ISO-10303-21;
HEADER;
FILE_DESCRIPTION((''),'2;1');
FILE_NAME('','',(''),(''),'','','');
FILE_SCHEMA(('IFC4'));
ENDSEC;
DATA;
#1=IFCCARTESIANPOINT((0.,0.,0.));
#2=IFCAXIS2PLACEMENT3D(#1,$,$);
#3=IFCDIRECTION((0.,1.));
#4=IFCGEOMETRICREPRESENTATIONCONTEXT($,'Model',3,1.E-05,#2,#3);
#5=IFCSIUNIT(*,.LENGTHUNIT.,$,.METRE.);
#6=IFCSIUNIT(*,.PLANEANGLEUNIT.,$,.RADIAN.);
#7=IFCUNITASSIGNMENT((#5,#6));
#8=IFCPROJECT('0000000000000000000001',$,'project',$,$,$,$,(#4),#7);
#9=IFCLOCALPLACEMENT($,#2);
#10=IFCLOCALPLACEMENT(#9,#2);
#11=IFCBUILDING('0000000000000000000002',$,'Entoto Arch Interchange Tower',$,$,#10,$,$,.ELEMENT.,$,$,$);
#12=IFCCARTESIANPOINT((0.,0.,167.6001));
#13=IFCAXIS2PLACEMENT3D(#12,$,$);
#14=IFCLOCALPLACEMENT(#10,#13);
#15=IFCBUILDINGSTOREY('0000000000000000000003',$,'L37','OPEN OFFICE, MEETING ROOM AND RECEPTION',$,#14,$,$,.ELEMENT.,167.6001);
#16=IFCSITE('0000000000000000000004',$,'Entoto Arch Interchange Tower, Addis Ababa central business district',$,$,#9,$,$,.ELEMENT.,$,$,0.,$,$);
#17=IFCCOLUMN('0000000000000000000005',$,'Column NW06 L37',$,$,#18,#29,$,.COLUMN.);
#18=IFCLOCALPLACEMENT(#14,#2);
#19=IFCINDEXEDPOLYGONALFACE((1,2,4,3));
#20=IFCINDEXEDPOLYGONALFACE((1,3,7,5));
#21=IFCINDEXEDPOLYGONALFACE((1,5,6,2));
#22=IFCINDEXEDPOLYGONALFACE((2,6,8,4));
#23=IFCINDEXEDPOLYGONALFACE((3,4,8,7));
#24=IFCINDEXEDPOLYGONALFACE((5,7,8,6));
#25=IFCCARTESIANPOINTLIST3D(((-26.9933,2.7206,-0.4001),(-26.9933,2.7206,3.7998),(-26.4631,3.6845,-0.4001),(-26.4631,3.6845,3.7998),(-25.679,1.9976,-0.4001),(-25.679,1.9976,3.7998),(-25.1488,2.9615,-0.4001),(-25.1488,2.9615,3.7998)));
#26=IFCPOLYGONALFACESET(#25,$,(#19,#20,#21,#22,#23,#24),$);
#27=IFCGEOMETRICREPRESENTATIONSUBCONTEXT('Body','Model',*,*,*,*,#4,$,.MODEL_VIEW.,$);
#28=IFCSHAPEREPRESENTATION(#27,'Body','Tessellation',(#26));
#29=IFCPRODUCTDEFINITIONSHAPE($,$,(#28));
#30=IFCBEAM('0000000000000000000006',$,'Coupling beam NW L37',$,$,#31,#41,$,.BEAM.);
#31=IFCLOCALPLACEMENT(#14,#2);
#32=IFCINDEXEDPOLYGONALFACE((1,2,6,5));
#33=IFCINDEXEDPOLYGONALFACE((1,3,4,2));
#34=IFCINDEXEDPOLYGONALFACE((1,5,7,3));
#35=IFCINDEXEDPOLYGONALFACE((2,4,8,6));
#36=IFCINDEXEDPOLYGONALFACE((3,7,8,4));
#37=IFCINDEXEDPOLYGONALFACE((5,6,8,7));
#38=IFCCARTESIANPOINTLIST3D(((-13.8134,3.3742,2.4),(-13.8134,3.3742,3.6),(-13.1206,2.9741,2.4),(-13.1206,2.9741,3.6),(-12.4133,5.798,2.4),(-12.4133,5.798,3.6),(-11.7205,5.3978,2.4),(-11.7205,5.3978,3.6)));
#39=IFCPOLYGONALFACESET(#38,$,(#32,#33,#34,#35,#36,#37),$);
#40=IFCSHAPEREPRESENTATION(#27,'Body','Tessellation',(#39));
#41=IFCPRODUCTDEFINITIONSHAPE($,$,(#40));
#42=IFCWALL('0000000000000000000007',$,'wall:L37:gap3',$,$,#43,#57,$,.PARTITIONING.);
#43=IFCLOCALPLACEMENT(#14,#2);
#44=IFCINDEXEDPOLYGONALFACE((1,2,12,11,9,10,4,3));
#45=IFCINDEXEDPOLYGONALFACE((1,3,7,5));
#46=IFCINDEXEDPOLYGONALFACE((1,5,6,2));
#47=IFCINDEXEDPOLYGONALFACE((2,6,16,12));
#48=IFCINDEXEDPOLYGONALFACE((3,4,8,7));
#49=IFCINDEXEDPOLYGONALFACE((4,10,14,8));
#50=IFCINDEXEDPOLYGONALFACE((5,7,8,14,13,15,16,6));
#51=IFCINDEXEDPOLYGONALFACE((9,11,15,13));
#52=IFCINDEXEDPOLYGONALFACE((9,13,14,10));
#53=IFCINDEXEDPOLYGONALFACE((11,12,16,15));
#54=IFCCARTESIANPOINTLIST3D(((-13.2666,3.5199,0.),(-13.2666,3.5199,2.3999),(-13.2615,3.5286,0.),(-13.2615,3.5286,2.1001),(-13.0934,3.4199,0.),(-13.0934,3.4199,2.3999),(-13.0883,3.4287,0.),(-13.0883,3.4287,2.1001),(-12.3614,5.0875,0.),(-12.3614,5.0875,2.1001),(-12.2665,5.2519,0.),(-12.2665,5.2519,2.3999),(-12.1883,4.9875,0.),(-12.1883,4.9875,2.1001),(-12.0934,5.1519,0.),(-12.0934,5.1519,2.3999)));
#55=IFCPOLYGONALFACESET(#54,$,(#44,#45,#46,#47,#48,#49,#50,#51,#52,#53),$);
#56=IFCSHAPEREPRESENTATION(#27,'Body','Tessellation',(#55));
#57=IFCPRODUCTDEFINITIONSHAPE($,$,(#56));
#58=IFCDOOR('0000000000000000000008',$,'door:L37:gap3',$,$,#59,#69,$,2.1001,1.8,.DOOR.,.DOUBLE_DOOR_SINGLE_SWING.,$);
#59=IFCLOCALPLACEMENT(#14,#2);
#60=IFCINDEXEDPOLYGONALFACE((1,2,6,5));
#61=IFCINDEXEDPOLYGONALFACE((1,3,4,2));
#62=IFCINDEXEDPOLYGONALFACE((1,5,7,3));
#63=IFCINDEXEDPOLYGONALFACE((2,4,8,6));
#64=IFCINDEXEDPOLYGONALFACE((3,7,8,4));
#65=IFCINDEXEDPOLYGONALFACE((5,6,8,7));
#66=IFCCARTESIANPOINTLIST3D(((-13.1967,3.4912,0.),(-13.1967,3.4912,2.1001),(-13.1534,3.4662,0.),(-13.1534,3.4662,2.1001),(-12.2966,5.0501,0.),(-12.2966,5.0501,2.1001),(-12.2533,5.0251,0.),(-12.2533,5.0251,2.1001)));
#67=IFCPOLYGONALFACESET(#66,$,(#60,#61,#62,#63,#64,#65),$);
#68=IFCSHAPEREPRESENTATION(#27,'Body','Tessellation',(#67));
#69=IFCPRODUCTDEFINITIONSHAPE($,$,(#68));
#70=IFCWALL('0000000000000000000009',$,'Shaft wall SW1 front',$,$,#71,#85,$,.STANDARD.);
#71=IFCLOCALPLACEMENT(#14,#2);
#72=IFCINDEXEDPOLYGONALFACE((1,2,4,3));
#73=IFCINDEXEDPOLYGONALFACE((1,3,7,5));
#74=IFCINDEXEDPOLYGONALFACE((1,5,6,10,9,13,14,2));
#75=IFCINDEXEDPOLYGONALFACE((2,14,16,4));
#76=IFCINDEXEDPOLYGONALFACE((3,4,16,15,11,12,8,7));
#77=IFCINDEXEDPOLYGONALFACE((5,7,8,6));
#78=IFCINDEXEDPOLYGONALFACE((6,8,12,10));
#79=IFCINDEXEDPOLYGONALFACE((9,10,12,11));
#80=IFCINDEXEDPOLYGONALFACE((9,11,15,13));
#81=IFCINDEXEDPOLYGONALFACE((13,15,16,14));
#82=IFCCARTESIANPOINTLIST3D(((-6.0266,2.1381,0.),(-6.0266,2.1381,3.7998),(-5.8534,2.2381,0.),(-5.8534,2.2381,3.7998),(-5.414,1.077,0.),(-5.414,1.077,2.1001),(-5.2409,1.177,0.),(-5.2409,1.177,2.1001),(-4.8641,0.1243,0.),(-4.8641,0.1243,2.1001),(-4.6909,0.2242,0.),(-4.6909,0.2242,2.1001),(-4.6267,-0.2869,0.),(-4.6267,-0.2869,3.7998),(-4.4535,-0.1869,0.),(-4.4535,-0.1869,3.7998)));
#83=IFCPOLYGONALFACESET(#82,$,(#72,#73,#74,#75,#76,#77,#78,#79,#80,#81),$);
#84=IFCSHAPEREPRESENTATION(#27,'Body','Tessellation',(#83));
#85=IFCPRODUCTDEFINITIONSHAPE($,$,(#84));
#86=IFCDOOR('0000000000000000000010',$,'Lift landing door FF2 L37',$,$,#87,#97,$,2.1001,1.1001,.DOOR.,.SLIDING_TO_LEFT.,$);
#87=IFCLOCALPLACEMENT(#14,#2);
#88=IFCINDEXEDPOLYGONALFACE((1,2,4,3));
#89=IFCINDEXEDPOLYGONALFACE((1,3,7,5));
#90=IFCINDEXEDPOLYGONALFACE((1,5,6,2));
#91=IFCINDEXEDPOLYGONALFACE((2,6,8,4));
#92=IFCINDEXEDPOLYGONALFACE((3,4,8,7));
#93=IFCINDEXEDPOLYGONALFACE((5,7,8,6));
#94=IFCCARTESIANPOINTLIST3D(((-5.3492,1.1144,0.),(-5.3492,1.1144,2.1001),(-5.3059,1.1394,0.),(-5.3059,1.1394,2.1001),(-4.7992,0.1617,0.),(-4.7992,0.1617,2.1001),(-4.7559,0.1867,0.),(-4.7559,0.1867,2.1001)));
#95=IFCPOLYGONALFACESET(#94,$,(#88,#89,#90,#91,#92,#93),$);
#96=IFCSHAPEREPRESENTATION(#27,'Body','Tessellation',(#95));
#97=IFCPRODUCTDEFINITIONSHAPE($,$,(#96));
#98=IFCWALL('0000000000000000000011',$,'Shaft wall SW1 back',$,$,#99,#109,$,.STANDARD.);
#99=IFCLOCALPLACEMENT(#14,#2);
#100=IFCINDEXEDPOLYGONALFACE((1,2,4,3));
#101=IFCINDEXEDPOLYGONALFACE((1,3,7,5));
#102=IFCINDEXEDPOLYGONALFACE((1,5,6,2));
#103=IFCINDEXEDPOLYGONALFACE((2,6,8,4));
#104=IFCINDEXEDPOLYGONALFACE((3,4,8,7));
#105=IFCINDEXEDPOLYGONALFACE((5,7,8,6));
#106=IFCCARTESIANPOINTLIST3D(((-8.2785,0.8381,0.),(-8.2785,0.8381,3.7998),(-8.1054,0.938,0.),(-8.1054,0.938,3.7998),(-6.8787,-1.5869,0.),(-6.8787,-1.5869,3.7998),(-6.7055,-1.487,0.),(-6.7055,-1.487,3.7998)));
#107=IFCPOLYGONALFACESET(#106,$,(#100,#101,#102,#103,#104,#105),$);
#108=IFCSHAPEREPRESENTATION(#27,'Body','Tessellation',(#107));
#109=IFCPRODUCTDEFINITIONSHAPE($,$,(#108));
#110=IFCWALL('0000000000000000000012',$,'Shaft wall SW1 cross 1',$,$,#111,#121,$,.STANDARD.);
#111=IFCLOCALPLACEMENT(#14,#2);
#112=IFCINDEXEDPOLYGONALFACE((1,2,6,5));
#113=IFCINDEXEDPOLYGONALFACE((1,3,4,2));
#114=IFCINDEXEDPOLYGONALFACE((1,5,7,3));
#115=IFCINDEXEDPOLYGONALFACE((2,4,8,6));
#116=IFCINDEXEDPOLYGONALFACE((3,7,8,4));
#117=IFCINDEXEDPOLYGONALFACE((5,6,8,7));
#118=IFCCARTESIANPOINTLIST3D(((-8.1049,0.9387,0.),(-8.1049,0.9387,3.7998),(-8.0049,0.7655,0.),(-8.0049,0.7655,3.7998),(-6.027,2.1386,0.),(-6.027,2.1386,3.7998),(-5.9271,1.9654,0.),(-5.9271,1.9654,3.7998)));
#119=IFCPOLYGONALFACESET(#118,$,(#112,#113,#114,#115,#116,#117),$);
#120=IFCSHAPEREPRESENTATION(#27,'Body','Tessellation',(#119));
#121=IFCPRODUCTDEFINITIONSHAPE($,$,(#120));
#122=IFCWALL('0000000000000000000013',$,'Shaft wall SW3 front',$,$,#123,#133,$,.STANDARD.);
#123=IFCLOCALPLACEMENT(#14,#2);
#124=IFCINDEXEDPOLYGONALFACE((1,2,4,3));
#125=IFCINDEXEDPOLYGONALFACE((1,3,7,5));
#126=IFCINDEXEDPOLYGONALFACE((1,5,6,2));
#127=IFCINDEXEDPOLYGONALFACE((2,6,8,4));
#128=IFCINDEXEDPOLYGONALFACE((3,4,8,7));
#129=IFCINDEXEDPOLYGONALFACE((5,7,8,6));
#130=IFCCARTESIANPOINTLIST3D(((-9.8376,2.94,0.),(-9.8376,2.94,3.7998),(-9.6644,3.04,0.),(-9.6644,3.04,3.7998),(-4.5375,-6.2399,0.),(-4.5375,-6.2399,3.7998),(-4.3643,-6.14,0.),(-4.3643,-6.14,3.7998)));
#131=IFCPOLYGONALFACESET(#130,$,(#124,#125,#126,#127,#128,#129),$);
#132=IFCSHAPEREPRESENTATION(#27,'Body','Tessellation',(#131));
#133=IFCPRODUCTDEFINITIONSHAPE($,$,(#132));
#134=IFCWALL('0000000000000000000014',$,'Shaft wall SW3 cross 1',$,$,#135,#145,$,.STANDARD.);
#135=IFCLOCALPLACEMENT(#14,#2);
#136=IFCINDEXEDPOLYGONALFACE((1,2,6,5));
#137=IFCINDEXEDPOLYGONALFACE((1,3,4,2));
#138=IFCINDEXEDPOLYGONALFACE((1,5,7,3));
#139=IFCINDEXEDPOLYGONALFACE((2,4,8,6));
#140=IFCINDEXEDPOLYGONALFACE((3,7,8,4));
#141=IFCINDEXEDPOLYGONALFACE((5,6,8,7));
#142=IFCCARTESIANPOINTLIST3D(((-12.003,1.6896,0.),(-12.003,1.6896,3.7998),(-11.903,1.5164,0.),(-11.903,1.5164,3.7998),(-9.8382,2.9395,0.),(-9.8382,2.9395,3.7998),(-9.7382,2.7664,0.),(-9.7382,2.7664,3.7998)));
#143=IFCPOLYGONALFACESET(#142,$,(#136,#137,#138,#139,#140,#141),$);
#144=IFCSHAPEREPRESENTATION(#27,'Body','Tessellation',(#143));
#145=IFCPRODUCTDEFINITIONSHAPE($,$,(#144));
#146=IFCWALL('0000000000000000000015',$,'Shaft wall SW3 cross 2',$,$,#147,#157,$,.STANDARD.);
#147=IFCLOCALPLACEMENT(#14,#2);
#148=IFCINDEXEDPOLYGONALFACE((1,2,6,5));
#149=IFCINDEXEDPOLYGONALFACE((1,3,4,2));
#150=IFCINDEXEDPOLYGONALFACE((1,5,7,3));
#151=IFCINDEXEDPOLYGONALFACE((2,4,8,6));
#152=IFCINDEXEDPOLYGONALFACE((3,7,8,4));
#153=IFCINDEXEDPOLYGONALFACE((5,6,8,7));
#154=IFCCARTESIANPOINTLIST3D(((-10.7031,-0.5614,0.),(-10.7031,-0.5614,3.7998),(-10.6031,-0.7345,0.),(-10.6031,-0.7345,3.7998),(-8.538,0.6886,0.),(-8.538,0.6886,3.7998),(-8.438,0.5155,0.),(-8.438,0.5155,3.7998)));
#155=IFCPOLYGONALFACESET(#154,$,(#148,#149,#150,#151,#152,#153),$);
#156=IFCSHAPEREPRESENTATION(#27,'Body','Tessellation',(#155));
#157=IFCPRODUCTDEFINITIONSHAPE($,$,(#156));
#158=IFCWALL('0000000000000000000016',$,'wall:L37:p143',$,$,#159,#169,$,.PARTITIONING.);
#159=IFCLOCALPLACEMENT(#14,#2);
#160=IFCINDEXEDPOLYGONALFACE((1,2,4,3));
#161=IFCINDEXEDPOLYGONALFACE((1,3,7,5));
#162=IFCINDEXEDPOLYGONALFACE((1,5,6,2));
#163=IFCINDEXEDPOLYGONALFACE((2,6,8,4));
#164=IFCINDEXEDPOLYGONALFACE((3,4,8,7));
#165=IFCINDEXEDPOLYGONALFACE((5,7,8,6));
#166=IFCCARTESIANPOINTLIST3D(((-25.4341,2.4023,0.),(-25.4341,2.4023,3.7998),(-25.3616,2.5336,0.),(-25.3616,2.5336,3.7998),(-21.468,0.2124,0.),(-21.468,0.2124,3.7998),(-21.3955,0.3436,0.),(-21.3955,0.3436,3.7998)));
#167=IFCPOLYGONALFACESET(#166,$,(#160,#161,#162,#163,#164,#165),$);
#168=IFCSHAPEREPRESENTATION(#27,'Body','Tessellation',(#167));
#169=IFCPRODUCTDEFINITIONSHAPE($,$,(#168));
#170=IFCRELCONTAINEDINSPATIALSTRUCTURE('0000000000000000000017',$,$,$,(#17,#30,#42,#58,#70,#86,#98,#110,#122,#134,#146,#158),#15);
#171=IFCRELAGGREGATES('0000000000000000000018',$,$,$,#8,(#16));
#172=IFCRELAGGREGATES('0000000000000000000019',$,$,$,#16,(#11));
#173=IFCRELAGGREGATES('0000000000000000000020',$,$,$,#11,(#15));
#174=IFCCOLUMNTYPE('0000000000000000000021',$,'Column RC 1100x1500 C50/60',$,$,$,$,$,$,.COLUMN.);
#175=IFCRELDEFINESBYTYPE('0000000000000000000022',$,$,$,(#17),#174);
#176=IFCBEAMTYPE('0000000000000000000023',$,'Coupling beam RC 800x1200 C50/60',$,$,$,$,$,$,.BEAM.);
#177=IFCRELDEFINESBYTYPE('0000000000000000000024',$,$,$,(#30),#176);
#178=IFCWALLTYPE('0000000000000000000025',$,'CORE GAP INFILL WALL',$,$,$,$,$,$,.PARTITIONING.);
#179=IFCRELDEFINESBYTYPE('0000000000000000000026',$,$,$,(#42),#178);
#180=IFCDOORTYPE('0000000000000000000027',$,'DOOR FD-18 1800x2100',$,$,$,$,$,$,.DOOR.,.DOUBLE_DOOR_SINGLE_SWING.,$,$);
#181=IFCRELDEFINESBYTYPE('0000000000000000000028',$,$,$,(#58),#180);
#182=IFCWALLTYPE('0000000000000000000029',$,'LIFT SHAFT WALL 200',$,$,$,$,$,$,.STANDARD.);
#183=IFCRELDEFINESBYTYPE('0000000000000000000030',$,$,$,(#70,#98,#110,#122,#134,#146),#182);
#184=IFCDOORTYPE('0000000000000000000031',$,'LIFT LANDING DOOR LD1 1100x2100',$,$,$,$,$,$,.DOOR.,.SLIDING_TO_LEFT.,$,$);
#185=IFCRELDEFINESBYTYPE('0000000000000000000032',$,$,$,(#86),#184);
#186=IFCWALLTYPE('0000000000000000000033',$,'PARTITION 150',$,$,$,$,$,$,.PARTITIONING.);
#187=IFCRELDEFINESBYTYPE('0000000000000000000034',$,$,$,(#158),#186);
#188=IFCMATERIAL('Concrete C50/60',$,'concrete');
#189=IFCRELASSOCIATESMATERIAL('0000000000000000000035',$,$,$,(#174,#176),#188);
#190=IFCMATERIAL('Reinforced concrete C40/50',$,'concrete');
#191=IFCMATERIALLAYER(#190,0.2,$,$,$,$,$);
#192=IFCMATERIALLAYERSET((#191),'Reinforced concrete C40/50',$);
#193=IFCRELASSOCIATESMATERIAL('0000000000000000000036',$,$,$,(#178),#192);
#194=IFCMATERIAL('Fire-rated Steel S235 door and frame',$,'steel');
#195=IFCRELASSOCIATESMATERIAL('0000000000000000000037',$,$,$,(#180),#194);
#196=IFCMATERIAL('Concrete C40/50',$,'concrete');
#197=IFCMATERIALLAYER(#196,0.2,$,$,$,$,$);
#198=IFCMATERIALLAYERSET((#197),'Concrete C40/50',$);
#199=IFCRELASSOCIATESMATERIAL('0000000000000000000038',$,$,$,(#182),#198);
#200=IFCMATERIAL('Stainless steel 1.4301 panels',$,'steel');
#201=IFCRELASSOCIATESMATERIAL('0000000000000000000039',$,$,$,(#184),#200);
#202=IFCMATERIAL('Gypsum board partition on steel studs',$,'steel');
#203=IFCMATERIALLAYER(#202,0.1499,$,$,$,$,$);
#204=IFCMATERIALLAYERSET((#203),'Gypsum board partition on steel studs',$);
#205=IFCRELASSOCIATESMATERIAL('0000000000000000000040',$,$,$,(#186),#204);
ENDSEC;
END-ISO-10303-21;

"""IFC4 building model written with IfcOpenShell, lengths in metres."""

from ifc_helpers import new_model, si_unit, direction, frame, frame_2d, origin, origin_2d, place, context, subcontext, project, spatial, rectangle, extrude, material, layer, layer_set, material_profile, profile_set, type_object, element, fill, save


model = new_model("IFC4")

# Units and contexts
model_context = context("Model", 3, precision=1e-05, world=origin(), true_north=direction((0.0, 1.0)))
body_context = subcontext(model_context, "Body", "Model", "MODEL_VIEW")
ifc_project = project(units=[si_unit("LENGTHUNIT", "METRE"), si_unit("PLANEANGLEUNIT", "RADIAN")], contexts=[model_context])

# Site, building, storey
site_placement = place(None, origin())
site = spatial("IfcSite", under=ifc_project, at=site_placement, Name="Entoto Arch Interchange Tower, Addis Ababa central business district", CompositionType="ELEMENT", RefElevation=0.0)
building_placement = place(site_placement, origin())
building = spatial("IfcBuilding", under=site, at=building_placement, Name="Entoto Arch Interchange Tower", CompositionType="ELEMENT")
storey_placement = place(building_placement, frame((0.0, 0.0, 167.6001)))
storey = spatial("IfcBuildingStorey", under=building, at=storey_placement, Name="L37", Description="OPEN OFFICE, MEETING ROOM AND RECEPTION", CompositionType="ELEMENT", Elevation=167.6001)

# Column
ifc_material_1 = material(Name="Concrete C50/60", Category="concrete")
ifc_material_profile_1 = material_profile(ifc_material_1, rectangle(XDim=1.1001, YDim=1.5, at=origin_2d()))
ifc_profile_set_1 = profile_set([ifc_material_profile_1], Name="Concrete C50/60")
column_type = type_object("IfcColumnType", Name="Column RC 1100x1500 C50/60", PredefinedType="COLUMN", material=ifc_profile_set_1)
column_placement = place(storey_placement, frame((-26.071, 2.8411, -0.4001), z_axis=(0.0, 0.0, 1.0), x_axis=(0.481983, 0.876181, 0.0)))
element("IfcColumn", 1, at=column_placement, inside=storey, type_object=column_type, Name="Column NW06 L37", PredefinedType="COLUMN", context=body_context, shape_type="SweptSolid", body=[
    extrude(rectangle(XDim=1.1001, YDim=1.5, at=origin_2d()), origin(), (0.0, 0.0, 1.0), 4.2),
])

# Beam
ifc_material_profile_2 = material_profile(ifc_material_1, rectangle(XDim=0.8, YDim=1.2, at=origin_2d()))
ifc_profile_set_2 = profile_set([ifc_material_profile_2], Name="Concrete C50/60")
beam_type = type_object("IfcBeamType", Name="Coupling beam RC 800x1200 C50/60", PredefinedType="BEAM", material=ifc_profile_set_2)
beam_placement = place(storey_placement, frame((-12.0669, 5.5979, 3.0), z_axis=(-0.500201, -0.86591, 0.0), x_axis=(0.86591, -0.500201, 0.0)))
element("IfcBeam", 2, at=beam_placement, inside=storey, type_object=beam_type, Name="Coupling beam NW L37", PredefinedType="BEAM", context=body_context, shape_type="SweptSolid", body=[
    extrude(rectangle(XDim=0.8, YDim=1.2, at=origin_2d()), origin(), (0.0, 0.0, 1.0), 2.7991),
])

# Walls, openings, doors
ifc_material_2 = material(Name="Reinforced concrete C40/50", Category="concrete")
ifc_layer_1 = layer(ifc_material_2, 0.2)
ifc_layer_set_1 = layer_set([ifc_layer_1], Name="Reinforced concrete C40/50")
wall_type_1 = type_object("IfcWallType", Name="CORE GAP INFILL WALL", PredefinedType="PARTITIONING", material=ifc_layer_set_1)
wall_1_placement = place(storey_placement, frame((-12.1799, 5.2019, 0.0), z_axis=(0.0, 0.0, 1.0), x_axis=(-0.500025, -0.866011, 0.0)))
wall_1 = element("IfcWall", 3, at=wall_1_placement, inside=storey, type_object=wall_type_1, Name="wall:L37:gap3", PredefinedType="PARTITIONING", context=body_context, shape_type="SweptSolid", body=[
    extrude(rectangle(XDim=2.0, YDim=0.2, at=frame_2d((1.0, 0.0))), origin(), (0.0, 0.0, 1.0), 2.3999),
])
opening_1_placement = place(wall_1_placement, frame((0.1899, 0.0, 0.0)))
opening_1 = element("IfcOpeningElement", 4, at=opening_1_placement, cuts=wall_1, PredefinedType="OPENING", context=body_context, shape_type="SweptSolid", body=[
    extrude(rectangle(XDim=1.8, YDim=2.1001, at=frame_2d((0.8999, 1.05))), frame((0.0, 0.1099, 0.0), z_axis=(0.0, -1.0, 0.0), x_axis=(1.0, 0.0, 0.0)), (0.0, 0.0, 1.0), 0.22),
])
ifc_material_3 = material(Name="Fire-rated Steel S235 door and frame", Category="steel")
door_type_1 = type_object("IfcDoorType", Name="DOOR FD-18 1800x2100", OperationType="DOUBLE_DOOR_SINGLE_SWING", PredefinedType="DOOR", material=ifc_material_3)
door_1_placement = place(opening_1_placement, origin())
door_1 = element("IfcDoor", 5, at=door_1_placement, inside=storey, type_object=door_type_1, Name="door:L37:gap3", OperationType="DOUBLE_DOOR_SINGLE_SWING", OverallHeight=2.1001, OverallWidth=1.8, PredefinedType="DOOR", context=body_context, shape_type="SweptSolid", body=[
    extrude(rectangle(XDim=1.8, YDim=2.1001, at=frame_2d((0.8999, 1.05))), frame((0.0, 0.0249, 0.0), z_axis=(0.0, -1.0, 0.0), x_axis=(1.0, 0.0, 0.0)), (0.0, 0.0, 1.0), 0.05),
])
fill(opening_1, door_1)
ifc_material_4 = material(Name="Concrete C40/50", Category="concrete")
ifc_layer_2 = layer(ifc_material_4, 0.2)
ifc_layer_set_2 = layer_set([ifc_layer_2], Name="Concrete C40/50")
wall_type_2 = type_object("IfcWallType", Name="LIFT SHAFT WALL 200", PredefinedType="STANDARD", material=ifc_layer_set_2)
wall_2_placement = place(storey_placement, frame((-5.9399, 2.188, 0.0), z_axis=(0.0, 0.0, 1.0), x_axis=(0.499946, -0.866056, 0.0)))
wall_2 = element("IfcWall", 6, at=wall_2_placement, inside=storey, type_object=wall_type_2, Name="Shaft wall SW1 front", PredefinedType="STANDARD", context=body_context, shape_type="SweptSolid", body=[
    extrude(rectangle(XDim=2.8, YDim=0.2, at=frame_2d((1.3999, 0.0))), origin(), (0.0, 0.0, 1.0), 3.7998),
])
opening_2_placement = place(wall_2_placement, frame((1.2251, 0.0, 0.0)))
opening_2 = element("IfcOpeningElement", 7, at=opening_2_placement, cuts=wall_2, PredefinedType="OPENING", context=body_context, shape_type="SweptSolid", body=[
    extrude(rectangle(XDim=1.1001, YDim=2.1001, at=frame_2d((0.55, 1.05))), frame((0.0, 0.1099, 0.0), z_axis=(0.0, -1.0, 0.0), x_axis=(1.0, 0.0, 0.0)), (0.0, 0.0, 1.0), 0.22),
])
ifc_material_5 = material(Name="Stainless steel 1.4301 panels", Category="steel")
door_type_2 = type_object("IfcDoorType", Name="LIFT LANDING DOOR LD1 1100x2100", OperationType="SLIDING_TO_LEFT", PredefinedType="DOOR", material=ifc_material_5)
door_2_placement = place(opening_2_placement, origin())
door_2 = element("IfcDoor", 8, at=door_2_placement, inside=storey, type_object=door_type_2, Name="Lift landing door FF2 L37", OperationType="SLIDING_TO_LEFT", OverallHeight=2.1001, OverallWidth=1.1001, PredefinedType="DOOR", context=body_context, shape_type="SweptSolid", body=[
    extrude(rectangle(XDim=1.1001, YDim=2.1001, at=frame_2d((0.55, 1.05))), frame((0.0, 0.0249, 0.0), z_axis=(0.0, -1.0, 0.0), x_axis=(1.0, 0.0, 0.0)), (0.0, 0.0, 1.0), 0.05),
])
fill(opening_2, door_2)

# Walls
wall_3_placement = place(storey_placement, frame((-8.1919, 0.8879, 0.0), z_axis=(0.0, 0.0, 1.0), x_axis=(0.499946, -0.866056, 0.0)))
element("IfcWall", 9, at=wall_3_placement, inside=storey, type_object=wall_type_2, Name="Shaft wall SW1 back", PredefinedType="STANDARD", context=body_context, shape_type="SweptSolid", body=[
    extrude(rectangle(XDim=2.8, YDim=0.2, at=frame_2d((1.3999, 0.0))), origin(), (0.0, 0.0, 1.0), 3.7998),
])
wall_4_placement = place(storey_placement, frame((-5.9771, 2.052, 0.0), z_axis=(0.0, 0.0, 1.0), x_axis=(-0.865974, -0.500089, 0.0)))
element("IfcWall", 10, at=wall_4_placement, inside=storey, type_object=wall_type_2, Name="Shaft wall SW1 cross 1", PredefinedType="STANDARD", context=body_context, shape_type="SweptSolid", body=[
    extrude(rectangle(XDim=2.3994, YDim=0.2, at=frame_2d((1.1997, 0.0))), origin(), (0.0, 0.0, 1.0), 3.7998),
])
wall_5_placement = place(storey_placement, frame((-9.751, 2.99, 0.0), z_axis=(0.0, 0.0, 1.0), x_axis=(0.500001, -0.866025, 0.0)))
element("IfcWall", 11, at=wall_5_placement, inside=storey, type_object=wall_type_2, Name="Shaft wall SW3 front", PredefinedType="STANDARD", context=body_context, shape_type="SweptSolid", body=[
    extrude(rectangle(XDim=10.6001, YDim=0.2, at=frame_2d((5.3, 0.0))), origin(), (0.0, 0.0, 1.0), 3.7998),
])
wall_6_placement = place(storey_placement, frame((-9.7881, 2.853, 0.0), z_axis=(0.0, 0.0, 1.0), x_axis=(-0.865999, -0.500047, 0.0)))
element("IfcWall", 12, at=wall_6_placement, inside=storey, type_object=wall_type_2, Name="Shaft wall SW3 cross 1", PredefinedType="STANDARD", context=body_context, shape_type="SweptSolid", body=[
    extrude(rectangle(XDim=2.4998, YDim=0.2, at=frame_2d((1.25, 0.0))), origin(), (0.0, 0.0, 1.0), 3.7998),
])
wall_7_placement = place(storey_placement, frame((-8.488, 0.6021, 0.0), z_axis=(0.0, 0.0, 1.0), x_axis=(-0.866023, -0.500004, 0.0)))
element("IfcWall", 13, at=wall_7_placement, inside=storey, type_object=wall_type_2, Name="Shaft wall SW3 cross 2", PredefinedType="STANDARD", context=body_context, shape_type="SweptSolid", body=[
    extrude(rectangle(XDim=2.5, YDim=0.2, at=frame_2d((1.25, 0.0))), origin(), (0.0, 0.0, 1.0), 3.7998),
])
ifc_material_6 = material(Name="Gypsum board partition on steel studs", Category="steel")
ifc_layer_3 = layer(ifc_material_6, 0.1499)
ifc_layer_set_3 = layer_set([ifc_layer_3], Name="Gypsum board partition on steel studs")
wall_type_3 = type_object("IfcWallType", Name="PARTITION 150", PredefinedType="PARTITIONING", material=ifc_layer_set_3)
wall_8_placement = place(storey_placement, frame((-21.4319, 0.2781, 0.0), z_axis=(0.0, 0.0, 1.0), x_axis=(-0.875413, 0.483376, 0.0)))
element("IfcWall", 14, at=wall_8_placement, inside=storey, type_object=wall_type_3, Name="wall:L37:p143", PredefinedType="PARTITIONING", context=body_context, shape_type="SweptSolid", body=[
    extrude(rectangle(XDim=4.5305, YDim=0.1499, at=frame_2d((2.2651, 0.0))), origin(), (0.0, 0.0, 1.0), 3.7998),
])

save(model, "model.ifc")
